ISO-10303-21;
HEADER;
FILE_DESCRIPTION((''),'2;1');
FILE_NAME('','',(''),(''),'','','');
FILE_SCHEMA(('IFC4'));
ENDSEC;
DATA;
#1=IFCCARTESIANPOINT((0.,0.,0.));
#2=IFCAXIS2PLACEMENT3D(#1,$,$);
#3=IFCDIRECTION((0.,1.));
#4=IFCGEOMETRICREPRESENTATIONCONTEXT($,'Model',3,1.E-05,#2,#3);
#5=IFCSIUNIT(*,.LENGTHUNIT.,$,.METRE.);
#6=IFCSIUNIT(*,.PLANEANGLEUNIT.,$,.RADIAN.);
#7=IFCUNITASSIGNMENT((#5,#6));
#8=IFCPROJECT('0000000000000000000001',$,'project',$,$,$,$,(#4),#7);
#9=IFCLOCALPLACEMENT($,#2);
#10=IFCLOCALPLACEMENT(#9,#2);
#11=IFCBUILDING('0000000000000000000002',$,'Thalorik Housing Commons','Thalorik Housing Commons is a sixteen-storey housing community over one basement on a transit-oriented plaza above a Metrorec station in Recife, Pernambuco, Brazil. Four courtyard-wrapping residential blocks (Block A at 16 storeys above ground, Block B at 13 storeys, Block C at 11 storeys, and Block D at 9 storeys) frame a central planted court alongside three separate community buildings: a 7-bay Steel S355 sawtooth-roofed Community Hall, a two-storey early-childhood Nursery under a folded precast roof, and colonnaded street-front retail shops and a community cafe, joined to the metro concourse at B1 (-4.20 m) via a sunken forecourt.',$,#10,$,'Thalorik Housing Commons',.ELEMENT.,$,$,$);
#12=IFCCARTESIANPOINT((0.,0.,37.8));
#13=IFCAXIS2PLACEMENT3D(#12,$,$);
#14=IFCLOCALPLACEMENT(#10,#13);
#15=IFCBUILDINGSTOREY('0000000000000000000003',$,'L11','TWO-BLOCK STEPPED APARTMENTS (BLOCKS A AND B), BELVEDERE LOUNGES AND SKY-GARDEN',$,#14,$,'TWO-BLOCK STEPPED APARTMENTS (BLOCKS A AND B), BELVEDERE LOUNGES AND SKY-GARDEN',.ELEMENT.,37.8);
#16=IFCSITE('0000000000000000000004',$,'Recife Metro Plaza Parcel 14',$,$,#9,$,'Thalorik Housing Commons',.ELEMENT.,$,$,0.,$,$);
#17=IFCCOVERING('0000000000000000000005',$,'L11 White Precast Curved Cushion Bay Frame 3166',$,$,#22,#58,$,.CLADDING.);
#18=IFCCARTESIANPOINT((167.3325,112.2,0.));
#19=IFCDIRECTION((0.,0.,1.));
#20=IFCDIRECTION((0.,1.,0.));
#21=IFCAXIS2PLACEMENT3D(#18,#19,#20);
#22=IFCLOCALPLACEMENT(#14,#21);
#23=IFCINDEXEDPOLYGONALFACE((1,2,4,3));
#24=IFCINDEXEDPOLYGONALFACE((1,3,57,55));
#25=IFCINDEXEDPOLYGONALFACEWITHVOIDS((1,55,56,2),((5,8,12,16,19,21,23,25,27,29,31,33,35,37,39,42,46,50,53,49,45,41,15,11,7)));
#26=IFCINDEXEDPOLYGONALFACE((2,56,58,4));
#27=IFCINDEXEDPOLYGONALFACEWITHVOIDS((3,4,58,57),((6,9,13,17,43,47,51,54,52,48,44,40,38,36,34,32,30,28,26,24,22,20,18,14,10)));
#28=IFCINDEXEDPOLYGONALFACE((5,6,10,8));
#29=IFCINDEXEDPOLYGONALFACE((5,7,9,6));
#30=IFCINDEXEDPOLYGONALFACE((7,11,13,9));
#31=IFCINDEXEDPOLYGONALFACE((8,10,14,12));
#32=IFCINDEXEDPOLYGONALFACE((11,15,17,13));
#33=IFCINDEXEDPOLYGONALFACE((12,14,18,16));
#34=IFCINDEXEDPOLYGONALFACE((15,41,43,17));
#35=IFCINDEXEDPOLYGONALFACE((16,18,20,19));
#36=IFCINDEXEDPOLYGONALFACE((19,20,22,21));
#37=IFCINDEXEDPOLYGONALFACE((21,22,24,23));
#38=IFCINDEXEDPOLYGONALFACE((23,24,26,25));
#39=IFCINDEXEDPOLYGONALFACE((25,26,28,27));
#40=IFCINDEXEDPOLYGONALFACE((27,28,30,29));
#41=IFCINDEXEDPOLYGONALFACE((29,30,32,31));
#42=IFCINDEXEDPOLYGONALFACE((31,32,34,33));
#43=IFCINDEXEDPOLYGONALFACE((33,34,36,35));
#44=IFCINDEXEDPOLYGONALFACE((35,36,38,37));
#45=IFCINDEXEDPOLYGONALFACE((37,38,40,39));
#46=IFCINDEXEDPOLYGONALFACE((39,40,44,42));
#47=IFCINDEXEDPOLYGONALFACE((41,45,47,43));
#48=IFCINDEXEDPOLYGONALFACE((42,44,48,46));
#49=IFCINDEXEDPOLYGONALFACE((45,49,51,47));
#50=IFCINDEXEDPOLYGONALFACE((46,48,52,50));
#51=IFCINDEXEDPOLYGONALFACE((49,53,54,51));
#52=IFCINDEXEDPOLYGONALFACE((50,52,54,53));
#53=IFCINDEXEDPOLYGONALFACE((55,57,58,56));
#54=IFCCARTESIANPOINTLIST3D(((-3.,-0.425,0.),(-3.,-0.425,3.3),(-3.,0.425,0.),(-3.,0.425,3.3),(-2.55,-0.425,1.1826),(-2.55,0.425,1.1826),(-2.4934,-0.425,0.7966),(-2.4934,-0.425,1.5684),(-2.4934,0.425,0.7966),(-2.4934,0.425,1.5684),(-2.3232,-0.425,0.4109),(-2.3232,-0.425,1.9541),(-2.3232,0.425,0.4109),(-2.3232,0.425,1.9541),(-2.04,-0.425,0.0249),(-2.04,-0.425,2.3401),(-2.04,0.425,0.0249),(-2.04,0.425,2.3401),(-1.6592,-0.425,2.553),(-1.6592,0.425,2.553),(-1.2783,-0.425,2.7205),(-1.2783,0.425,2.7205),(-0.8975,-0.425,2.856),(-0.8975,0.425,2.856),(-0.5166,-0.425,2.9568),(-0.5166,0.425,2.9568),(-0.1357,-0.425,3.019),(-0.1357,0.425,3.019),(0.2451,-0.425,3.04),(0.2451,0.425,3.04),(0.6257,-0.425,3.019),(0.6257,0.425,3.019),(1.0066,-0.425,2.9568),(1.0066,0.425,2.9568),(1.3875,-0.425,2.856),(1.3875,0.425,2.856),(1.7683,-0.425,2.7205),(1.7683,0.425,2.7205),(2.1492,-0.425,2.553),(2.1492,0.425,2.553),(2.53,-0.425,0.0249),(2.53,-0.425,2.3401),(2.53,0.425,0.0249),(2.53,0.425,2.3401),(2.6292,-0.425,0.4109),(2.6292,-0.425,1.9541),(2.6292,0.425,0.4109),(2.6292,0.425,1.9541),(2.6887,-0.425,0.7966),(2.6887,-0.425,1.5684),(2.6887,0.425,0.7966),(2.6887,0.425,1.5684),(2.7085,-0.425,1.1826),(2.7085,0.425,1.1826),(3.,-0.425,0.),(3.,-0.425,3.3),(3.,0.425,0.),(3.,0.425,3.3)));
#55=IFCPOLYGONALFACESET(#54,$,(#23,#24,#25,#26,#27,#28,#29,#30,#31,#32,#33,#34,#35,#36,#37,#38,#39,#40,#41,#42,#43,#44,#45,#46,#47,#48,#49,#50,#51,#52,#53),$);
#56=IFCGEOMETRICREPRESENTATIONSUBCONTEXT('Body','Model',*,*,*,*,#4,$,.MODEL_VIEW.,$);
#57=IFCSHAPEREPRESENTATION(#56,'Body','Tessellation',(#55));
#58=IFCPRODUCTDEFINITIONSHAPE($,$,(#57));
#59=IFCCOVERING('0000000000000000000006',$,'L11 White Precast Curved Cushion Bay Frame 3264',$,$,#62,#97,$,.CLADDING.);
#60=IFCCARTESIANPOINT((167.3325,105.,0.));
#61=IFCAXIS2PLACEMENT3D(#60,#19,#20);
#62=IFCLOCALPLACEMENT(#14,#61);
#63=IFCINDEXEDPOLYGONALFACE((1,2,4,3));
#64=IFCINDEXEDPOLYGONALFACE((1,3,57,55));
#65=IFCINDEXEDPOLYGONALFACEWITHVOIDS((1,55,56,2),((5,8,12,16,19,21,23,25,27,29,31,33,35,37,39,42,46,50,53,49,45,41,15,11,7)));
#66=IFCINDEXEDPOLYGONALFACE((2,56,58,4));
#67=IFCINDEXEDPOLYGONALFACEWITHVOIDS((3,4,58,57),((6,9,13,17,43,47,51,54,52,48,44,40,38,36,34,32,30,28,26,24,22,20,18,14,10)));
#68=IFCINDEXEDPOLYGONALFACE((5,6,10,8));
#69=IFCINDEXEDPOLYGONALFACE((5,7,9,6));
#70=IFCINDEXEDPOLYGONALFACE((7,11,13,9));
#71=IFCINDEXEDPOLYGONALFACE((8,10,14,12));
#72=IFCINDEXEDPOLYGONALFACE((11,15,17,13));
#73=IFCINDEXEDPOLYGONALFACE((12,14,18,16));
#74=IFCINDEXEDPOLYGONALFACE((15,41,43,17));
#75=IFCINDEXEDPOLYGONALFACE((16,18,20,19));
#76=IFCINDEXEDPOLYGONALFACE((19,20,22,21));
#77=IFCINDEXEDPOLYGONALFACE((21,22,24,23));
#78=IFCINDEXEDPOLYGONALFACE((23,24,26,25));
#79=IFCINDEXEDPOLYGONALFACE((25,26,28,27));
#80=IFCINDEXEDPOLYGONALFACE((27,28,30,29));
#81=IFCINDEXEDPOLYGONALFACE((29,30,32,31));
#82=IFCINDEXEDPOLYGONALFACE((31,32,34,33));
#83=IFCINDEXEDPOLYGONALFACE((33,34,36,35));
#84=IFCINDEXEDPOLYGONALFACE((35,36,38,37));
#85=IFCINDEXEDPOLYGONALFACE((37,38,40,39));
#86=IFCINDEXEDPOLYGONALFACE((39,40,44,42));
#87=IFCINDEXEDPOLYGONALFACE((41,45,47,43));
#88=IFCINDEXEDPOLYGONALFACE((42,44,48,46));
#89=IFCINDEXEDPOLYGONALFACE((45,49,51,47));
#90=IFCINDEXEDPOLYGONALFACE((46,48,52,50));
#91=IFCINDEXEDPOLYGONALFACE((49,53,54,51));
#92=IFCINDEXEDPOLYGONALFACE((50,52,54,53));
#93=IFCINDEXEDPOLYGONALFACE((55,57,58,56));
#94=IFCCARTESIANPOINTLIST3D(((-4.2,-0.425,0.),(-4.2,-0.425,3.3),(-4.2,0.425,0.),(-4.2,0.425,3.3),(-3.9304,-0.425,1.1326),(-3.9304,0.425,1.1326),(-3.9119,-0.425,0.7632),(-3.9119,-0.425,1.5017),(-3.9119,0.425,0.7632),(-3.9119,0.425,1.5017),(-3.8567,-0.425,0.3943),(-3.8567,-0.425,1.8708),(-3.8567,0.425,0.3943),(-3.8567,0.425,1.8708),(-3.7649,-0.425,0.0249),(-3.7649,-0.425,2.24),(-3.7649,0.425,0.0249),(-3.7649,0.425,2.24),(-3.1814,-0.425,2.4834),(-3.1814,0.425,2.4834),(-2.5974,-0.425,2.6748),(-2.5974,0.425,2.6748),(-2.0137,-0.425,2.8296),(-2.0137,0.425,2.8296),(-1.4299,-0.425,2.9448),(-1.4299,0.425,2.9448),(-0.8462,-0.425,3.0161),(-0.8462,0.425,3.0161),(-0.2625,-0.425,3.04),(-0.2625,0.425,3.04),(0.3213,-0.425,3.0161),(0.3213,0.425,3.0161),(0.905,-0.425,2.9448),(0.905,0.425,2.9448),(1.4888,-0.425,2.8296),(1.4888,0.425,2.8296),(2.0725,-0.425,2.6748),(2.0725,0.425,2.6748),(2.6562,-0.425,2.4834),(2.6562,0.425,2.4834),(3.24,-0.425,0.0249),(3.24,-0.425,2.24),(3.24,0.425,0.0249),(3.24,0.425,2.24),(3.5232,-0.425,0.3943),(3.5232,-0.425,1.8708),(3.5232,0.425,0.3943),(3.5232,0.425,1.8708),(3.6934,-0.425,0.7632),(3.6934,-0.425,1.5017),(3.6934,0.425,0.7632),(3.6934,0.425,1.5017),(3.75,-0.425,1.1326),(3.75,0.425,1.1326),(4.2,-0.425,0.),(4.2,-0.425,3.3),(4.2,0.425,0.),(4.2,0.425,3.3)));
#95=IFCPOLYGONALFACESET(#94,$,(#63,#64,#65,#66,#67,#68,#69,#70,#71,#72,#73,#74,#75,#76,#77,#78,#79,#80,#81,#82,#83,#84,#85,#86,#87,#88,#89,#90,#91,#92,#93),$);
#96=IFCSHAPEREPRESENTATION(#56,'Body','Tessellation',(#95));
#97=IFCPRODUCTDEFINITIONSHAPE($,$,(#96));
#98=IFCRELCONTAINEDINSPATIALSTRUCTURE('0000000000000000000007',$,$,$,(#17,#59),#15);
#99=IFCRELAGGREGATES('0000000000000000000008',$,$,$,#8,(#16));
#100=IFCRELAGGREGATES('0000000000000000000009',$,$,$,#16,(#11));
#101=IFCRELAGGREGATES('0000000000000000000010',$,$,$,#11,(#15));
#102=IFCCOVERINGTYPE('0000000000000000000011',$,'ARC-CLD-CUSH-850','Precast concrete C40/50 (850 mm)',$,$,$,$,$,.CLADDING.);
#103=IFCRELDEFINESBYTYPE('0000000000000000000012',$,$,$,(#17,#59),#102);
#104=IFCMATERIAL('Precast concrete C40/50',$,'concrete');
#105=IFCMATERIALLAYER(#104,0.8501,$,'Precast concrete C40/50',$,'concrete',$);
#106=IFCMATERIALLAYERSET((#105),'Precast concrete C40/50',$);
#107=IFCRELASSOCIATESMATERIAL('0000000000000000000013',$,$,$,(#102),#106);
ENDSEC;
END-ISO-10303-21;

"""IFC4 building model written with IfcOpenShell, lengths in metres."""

from ifc_helpers import new_model, si_unit, direction, frame, origin, place, context, subcontext, project, spatial, polyline, outline, extrude, material, layer, layer_set, type_object, element, save


model = new_model("IFC4")

# Units and contexts
model_context = context("Model", 3, precision=1e-05, world=origin(), true_north=direction((0.0, 1.0)))
body_context = subcontext(model_context, "Body", "Model", "MODEL_VIEW")
ifc_project = project(units=[si_unit("LENGTHUNIT", "METRE"), si_unit("PLANEANGLEUNIT", "RADIAN")], contexts=[model_context])

# Site, building, storey
site_placement = place(None, origin())
site = spatial("IfcSite", under=ifc_project, at=site_placement, Name="Recife Metro Plaza Parcel 14", LongName="Thalorik Housing Commons", CompositionType="ELEMENT", RefElevation=0.0)
building_placement = place(site_placement, origin())
building = spatial("IfcBuilding", under=site, at=building_placement, Name="Thalorik Housing Commons", Description="Thalorik Housing Commons is a sixteen-storey housing community over one basement on a transit-oriented plaza above a Metrorec station in Recife, Pernambuco, Brazil. Four courtyard-wrapping residential blocks (Block A at 16 storeys above ground, Block B at 13 storeys, Block C at 11 storeys, and Block D at 9 storeys) frame a central planted court alongside three separate community buildings: a 7-bay Steel S355 sawtooth-roofed Community Hall, a two-storey early-childhood Nursery under a folded precast roof, and colonnaded street-front retail shops and a community cafe, joined to the metro concourse at B1 (-4.20 m) via a sunken forecourt.", LongName="Thalorik Housing Commons", CompositionType="ELEMENT")
storey_placement = place(building_placement, frame((0.0, 0.0, 37.8)))
storey = spatial("IfcBuildingStorey", under=building, at=storey_placement, Name="L11", Description="TWO-BLOCK STEPPED APARTMENTS (BLOCKS A AND B), BELVEDERE LOUNGES AND SKY-GARDEN", LongName="TWO-BLOCK STEPPED APARTMENTS (BLOCKS A AND B), BELVEDERE LOUNGES AND SKY-GARDEN", CompositionType="ELEMENT", Elevation=37.8)

# Shared definitions
ifc_material_1 = material(Name="Precast concrete C40/50", Category="concrete")

# Coverings
ifc_layer_1 = layer(ifc_material_1, 0.8501, Name="Precast concrete C40/50", Category="concrete")
ifc_layer_set_1 = layer_set([ifc_layer_1], Name="Precast concrete C40/50")
covering_type_1 = type_object("IfcCoveringType", Name="ARC-CLD-CUSH-850", Description="Precast concrete C40/50 (850 mm)", PredefinedType="CLADDING", material=ifc_layer_set_1)
covering_1_placement = place(storey_placement, frame((167.3325, 112.2, 0.0), z_axis=(0.0, 0.0, 1.0), x_axis=(0.0, 1.0, 0.0)))
element("IfcCovering", 1, at=covering_1_placement, inside=storey, type_object=covering_type_1, Name="L11 White Precast Curved Cushion Bay Frame 3166", PredefinedType="CLADDING", context=body_context, shape_type="SweptSolid", body=[
    extrude(outline(polyline([(-3.0, 0.0), (3.0, 0.0), (3.0, 3.3), (-3.0, 3.3), (-3.0, 0.0)]), holes=[polyline([(2.53, 0.0249), (2.6292, 0.4109), (2.6887, 0.7966), (2.7085, 1.1826), (2.6887, 1.5684), (2.6292, 1.9541), (2.53, 2.3401), (2.1492, 2.553), (1.7683, 2.7205), (1.3875, 2.856), (1.0066, 2.9568), (0.6257, 3.019), (0.2451, 3.04), (-0.1357, 3.019), (-0.5166, 2.9568), (-0.8975, 2.856), (-1.2783, 2.7205), (-1.6592, 2.553), (-2.04, 2.3401), (-2.3232, 1.9541), (-2.4934, 1.5684), (-2.55, 1.1826), (-2.4934, 0.7966), (-2.3232, 0.4109), (-2.04, 0.0249), (2.53, 0.0249)])]), frame((0.0, 0.425, 0.0), z_axis=(0.0, -1.0, 0.0), x_axis=(1.0, 0.0, 0.0)), (0.0, 0.0, 1.0), 0.8501),
])
covering_2_placement = place(storey_placement, frame((167.3325, 105.0, 0.0), z_axis=(0.0, 0.0, 1.0), x_axis=(0.0, 1.0, 0.0)))
element("IfcCovering", 2, at=covering_2_placement, inside=storey, type_object=covering_type_1, Name="L11 White Precast Curved Cushion Bay Frame 3264", PredefinedType="CLADDING", context=body_context, shape_type="SweptSolid", body=[
    extrude(outline(polyline([(-4.2, 0.0), (4.2, 0.0), (4.2, 3.3), (-4.2, 3.3), (-4.2, 0.0)]), holes=[polyline([(3.24, 0.0249), (3.5232, 0.3943), (3.6934, 0.7632), (3.75, 1.1326), (3.6934, 1.5017), (3.5232, 1.8708), (3.24, 2.24), (2.6562, 2.4834), (2.0725, 2.6748), (1.4888, 2.8296), (0.905, 2.9448), (0.3213, 3.0161), (-0.2625, 3.04), (-0.8462, 3.0161), (-1.4299, 2.9448), (-2.0137, 2.8296), (-2.5974, 2.6748), (-3.1814, 2.4834), (-3.7649, 2.24), (-3.8567, 1.8708), (-3.9119, 1.5017), (-3.9304, 1.1326), (-3.9119, 0.7632), (-3.8567, 0.3943), (-3.7649, 0.0249), (3.24, 0.0249)])]), frame((0.0, 0.425, 0.0), z_axis=(0.0, -1.0, 0.0), x_axis=(1.0, 0.0, 0.0)), (0.0, 0.0, 1.0), 0.8501),
])

save(model, "model.ifc")
